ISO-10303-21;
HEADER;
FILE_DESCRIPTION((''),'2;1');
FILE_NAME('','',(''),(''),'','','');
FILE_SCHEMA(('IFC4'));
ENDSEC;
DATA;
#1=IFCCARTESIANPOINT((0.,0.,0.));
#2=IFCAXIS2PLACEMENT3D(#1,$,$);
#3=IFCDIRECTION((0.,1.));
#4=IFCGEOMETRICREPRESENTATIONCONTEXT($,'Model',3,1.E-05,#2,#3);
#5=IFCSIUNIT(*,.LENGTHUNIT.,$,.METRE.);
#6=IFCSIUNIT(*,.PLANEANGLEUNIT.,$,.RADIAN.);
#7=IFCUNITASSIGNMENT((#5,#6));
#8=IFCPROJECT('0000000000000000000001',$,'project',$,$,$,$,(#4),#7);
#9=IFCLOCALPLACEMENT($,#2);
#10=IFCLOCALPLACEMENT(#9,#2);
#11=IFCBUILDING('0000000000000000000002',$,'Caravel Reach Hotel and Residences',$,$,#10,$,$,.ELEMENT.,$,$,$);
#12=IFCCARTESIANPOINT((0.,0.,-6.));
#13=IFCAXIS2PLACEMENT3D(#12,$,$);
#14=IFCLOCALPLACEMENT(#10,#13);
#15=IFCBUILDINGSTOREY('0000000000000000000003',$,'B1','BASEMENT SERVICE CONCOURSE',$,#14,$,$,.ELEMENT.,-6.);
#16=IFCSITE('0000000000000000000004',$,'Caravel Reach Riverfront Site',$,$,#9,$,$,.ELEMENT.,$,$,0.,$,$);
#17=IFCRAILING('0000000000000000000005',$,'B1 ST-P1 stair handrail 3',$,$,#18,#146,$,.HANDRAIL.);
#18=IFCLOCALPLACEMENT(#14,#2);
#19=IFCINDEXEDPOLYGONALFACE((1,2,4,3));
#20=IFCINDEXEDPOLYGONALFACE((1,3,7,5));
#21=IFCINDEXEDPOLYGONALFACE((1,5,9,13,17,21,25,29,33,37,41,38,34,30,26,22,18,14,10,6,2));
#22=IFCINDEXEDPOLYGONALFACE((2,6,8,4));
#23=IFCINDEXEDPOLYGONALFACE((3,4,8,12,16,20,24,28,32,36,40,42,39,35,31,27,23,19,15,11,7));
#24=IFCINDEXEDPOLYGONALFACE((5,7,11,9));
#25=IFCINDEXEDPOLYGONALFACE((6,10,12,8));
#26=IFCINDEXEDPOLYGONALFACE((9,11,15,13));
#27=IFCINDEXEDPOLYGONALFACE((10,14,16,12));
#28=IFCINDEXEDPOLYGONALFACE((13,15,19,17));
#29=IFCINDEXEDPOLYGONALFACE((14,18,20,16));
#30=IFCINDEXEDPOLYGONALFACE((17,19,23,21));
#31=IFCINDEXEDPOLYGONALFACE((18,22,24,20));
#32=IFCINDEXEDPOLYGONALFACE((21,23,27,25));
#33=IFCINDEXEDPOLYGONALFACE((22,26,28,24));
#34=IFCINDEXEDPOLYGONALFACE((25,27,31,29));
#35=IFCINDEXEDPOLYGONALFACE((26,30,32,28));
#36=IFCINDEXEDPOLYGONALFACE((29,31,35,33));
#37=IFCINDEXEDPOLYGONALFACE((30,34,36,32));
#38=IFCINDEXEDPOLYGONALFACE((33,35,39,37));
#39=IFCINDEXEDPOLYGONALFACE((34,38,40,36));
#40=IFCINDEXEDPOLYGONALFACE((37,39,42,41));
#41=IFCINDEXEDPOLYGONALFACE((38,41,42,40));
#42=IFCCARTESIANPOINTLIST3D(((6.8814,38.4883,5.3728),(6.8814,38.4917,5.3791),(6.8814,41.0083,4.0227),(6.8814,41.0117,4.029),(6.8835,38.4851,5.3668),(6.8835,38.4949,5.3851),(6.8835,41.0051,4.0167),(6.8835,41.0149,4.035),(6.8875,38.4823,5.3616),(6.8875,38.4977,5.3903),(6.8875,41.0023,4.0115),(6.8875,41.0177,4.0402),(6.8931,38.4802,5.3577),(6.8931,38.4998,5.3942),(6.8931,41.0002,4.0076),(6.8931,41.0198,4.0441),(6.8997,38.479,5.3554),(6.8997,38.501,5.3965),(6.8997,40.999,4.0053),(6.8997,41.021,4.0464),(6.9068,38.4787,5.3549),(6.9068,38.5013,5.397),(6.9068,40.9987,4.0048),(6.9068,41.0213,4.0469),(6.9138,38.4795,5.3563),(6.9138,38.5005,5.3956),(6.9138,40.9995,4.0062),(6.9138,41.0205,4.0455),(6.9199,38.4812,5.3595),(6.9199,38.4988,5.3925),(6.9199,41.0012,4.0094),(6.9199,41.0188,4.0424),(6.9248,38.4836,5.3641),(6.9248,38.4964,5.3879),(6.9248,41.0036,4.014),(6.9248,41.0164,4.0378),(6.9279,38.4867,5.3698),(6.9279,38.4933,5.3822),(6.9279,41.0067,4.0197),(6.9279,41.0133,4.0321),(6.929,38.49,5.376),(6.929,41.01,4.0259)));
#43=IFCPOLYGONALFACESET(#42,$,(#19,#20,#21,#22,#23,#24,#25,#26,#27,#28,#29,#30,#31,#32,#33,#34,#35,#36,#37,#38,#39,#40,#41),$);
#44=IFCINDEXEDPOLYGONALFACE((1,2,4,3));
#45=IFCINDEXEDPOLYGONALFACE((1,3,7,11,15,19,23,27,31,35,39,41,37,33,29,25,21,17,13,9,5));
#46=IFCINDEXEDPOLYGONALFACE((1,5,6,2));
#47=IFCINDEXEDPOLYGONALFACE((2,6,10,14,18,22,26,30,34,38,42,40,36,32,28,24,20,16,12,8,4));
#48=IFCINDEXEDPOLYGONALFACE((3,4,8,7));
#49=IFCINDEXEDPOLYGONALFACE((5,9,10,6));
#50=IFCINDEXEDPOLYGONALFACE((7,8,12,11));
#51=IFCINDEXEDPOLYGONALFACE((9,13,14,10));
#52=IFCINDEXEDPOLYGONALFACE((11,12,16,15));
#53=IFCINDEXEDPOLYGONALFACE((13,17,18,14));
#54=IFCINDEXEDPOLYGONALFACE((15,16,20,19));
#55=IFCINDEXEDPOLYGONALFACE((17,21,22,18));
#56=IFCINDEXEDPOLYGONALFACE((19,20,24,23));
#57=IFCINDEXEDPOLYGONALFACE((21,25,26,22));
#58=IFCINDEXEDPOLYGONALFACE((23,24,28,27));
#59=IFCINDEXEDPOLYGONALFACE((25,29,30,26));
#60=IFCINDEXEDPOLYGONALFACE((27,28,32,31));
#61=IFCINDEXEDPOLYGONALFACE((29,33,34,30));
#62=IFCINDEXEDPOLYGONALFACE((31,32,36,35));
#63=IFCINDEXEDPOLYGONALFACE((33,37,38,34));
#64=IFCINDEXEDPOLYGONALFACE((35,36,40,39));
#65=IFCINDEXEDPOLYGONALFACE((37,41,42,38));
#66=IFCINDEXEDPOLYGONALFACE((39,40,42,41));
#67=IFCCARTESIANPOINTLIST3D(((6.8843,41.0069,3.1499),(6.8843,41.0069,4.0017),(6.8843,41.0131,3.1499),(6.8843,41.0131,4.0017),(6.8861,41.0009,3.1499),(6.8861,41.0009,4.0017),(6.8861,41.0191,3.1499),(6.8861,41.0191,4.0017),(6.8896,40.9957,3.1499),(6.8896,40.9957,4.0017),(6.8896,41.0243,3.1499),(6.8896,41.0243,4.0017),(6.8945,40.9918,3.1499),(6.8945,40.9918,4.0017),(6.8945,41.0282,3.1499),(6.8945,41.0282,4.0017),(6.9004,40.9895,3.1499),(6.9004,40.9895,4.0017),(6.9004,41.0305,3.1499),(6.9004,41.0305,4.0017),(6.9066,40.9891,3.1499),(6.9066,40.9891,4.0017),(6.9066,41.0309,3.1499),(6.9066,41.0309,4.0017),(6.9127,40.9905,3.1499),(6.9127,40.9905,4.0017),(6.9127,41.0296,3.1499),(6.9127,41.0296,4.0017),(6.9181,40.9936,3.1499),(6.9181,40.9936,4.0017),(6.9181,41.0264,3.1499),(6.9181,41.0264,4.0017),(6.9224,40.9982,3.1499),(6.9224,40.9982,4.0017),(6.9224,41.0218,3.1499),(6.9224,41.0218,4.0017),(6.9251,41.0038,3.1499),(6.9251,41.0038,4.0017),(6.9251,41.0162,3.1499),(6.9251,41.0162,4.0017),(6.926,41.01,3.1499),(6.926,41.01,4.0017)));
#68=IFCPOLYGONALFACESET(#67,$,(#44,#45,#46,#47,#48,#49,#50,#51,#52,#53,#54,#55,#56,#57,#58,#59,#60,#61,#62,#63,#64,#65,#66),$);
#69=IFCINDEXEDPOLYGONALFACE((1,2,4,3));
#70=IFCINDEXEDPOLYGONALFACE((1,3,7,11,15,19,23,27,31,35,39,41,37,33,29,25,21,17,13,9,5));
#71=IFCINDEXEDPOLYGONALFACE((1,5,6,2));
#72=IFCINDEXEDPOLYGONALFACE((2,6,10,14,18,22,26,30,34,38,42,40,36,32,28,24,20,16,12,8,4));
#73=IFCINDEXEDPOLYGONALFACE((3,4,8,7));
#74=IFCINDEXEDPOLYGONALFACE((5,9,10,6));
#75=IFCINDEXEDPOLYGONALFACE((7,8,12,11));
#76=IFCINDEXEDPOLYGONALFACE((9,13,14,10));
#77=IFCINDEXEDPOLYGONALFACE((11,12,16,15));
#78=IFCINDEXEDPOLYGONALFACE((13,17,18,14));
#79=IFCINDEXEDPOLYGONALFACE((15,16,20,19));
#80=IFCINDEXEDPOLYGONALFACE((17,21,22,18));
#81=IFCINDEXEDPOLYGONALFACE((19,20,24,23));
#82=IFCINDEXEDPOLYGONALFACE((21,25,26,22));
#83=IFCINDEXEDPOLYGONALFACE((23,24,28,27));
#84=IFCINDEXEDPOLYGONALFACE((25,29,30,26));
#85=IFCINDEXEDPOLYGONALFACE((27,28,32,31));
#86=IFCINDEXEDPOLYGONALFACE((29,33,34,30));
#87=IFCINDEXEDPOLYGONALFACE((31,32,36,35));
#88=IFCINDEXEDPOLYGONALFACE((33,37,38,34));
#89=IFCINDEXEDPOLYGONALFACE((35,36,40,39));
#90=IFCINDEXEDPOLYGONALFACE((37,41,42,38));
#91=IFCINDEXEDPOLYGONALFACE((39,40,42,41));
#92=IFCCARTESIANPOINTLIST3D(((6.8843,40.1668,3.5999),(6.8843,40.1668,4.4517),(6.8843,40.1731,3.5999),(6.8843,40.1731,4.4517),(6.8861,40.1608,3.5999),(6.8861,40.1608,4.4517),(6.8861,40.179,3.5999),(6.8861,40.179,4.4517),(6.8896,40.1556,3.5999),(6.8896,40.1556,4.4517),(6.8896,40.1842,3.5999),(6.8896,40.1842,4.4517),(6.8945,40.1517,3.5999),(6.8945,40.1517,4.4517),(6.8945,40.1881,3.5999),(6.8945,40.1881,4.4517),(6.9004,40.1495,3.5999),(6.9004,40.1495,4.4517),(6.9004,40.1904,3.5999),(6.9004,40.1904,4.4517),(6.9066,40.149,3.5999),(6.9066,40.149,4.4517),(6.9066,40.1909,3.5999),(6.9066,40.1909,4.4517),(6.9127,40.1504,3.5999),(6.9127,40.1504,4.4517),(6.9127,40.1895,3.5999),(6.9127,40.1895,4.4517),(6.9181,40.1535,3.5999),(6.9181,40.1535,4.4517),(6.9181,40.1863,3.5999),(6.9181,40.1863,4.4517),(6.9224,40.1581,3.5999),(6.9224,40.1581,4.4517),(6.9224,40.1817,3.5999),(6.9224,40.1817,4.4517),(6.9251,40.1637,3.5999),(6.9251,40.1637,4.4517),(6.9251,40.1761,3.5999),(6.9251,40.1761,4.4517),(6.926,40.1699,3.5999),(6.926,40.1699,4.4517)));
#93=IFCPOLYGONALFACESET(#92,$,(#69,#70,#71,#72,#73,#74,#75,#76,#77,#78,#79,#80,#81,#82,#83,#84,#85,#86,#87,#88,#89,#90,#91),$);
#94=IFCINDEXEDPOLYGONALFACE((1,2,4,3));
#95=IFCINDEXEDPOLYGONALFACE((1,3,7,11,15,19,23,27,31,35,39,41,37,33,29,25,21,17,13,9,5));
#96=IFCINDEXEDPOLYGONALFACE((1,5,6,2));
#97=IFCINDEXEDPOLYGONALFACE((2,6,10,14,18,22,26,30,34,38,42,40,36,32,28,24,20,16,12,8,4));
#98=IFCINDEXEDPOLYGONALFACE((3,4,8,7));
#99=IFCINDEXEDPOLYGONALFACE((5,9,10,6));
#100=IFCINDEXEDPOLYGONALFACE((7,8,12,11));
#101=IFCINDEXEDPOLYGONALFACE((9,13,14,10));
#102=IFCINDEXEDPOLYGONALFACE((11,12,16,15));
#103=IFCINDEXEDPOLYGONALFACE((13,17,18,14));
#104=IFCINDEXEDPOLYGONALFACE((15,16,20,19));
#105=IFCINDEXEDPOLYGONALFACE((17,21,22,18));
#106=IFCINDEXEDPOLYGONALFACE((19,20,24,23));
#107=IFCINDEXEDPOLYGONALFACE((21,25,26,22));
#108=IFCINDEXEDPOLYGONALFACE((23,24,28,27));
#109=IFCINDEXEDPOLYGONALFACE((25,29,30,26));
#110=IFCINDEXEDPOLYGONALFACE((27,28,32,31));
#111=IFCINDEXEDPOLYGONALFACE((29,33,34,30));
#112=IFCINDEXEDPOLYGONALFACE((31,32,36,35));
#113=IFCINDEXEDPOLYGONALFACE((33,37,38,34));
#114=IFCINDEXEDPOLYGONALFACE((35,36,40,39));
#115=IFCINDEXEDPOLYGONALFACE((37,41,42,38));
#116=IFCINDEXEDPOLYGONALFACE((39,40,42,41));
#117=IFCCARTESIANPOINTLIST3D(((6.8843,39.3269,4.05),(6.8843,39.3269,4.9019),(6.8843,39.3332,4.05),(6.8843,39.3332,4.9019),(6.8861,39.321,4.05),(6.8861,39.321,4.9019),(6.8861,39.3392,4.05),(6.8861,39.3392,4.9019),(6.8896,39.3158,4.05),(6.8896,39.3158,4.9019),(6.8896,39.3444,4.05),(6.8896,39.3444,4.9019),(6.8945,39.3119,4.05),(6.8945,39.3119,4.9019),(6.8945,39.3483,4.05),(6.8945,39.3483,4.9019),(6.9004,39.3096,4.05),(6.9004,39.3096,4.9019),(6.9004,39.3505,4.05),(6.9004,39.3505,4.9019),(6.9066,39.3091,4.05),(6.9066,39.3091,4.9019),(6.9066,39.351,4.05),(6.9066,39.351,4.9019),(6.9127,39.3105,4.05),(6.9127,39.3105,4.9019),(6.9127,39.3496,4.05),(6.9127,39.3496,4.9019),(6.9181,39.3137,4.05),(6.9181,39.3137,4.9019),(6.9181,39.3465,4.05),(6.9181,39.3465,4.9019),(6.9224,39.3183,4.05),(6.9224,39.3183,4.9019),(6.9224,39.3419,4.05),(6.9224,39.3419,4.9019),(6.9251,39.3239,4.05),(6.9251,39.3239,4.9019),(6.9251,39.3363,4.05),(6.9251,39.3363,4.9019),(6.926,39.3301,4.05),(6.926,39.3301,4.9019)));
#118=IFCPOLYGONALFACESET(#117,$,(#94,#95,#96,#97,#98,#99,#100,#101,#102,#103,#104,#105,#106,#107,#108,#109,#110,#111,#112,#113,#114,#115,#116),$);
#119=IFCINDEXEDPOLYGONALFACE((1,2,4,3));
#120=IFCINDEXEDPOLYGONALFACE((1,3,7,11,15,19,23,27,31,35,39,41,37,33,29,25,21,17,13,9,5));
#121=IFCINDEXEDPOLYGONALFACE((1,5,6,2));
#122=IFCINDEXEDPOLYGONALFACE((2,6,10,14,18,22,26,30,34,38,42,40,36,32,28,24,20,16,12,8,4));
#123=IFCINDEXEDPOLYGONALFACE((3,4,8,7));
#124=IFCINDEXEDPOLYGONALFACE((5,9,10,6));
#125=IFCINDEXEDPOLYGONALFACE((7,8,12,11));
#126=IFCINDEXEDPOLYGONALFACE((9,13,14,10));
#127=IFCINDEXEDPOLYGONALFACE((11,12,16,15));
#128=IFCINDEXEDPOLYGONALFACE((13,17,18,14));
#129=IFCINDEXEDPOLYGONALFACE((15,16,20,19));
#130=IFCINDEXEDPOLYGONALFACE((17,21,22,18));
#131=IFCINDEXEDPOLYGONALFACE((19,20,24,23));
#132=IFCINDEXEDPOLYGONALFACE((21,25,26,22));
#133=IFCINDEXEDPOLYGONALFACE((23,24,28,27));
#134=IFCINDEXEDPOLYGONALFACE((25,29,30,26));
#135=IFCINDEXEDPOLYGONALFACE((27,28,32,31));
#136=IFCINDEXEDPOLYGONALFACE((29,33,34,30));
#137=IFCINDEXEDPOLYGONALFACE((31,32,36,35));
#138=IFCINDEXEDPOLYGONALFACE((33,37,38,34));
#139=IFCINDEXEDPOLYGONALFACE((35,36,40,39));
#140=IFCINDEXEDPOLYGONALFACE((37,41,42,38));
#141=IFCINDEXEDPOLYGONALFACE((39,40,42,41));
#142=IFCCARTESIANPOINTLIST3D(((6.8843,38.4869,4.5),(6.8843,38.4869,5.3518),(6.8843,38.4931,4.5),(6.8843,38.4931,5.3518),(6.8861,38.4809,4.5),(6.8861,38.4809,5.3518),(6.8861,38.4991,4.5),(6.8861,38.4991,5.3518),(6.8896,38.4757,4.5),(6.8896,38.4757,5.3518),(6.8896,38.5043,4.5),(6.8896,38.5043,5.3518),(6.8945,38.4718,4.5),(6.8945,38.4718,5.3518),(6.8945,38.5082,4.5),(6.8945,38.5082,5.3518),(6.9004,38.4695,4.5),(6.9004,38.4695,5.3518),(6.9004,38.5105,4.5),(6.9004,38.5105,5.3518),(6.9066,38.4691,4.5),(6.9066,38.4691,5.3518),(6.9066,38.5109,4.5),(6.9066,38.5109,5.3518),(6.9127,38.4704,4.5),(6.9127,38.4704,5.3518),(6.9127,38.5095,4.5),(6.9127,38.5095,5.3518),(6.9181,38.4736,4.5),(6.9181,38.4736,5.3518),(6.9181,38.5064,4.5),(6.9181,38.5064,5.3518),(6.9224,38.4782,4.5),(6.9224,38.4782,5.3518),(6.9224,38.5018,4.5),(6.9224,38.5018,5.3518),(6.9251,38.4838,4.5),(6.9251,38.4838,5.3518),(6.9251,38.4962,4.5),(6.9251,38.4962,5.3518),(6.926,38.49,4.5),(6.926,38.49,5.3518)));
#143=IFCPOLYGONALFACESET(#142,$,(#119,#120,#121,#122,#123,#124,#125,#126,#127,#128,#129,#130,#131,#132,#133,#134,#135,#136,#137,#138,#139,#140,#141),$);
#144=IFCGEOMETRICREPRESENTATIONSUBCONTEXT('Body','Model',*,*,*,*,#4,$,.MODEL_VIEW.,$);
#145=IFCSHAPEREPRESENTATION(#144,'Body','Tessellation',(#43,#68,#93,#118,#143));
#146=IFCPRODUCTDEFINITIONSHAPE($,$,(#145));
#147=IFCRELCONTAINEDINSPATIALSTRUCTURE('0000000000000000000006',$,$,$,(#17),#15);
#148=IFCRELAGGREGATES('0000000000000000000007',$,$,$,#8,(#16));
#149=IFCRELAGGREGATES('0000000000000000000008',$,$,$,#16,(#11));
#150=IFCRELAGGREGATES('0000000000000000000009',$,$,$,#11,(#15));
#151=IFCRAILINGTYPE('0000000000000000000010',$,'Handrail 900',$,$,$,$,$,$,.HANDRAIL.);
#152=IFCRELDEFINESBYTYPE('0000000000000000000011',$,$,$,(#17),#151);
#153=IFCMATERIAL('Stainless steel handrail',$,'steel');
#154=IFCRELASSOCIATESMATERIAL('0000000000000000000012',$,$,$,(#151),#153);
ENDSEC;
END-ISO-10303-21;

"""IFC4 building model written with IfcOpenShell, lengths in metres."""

from ifc_helpers import new_model, si_unit, direction, frame, origin, origin_2d, place, context, subcontext, project, spatial, circle, extrude, material, type_object, element, save


model = new_model("IFC4")

# Units and contexts
model_context = context("Model", 3, precision=1e-05, world=origin(), true_north=direction((0.0, 1.0)))
body_context = subcontext(model_context, "Body", "Model", "MODEL_VIEW")
ifc_project = project(units=[si_unit("LENGTHUNIT", "METRE"), si_unit("PLANEANGLEUNIT", "RADIAN")], contexts=[model_context])

# Site, building, storey
site_placement = place(None, origin())
site = spatial("IfcSite", under=ifc_project, at=site_placement, Name="Caravel Reach Riverfront Site", CompositionType="ELEMENT", RefElevation=0.0)
building_placement = place(site_placement, origin())
building = spatial("IfcBuilding", under=site, at=building_placement, Name="Caravel Reach Hotel and Residences", CompositionType="ELEMENT")
storey_placement = place(building_placement, frame((0.0, 0.0, -6.0)))
storey = spatial("IfcBuildingStorey", under=building, at=storey_placement, Name="B1", Description="BASEMENT SERVICE CONCOURSE", CompositionType="ELEMENT", Elevation=-6.0)

# Railing
ifc_material_1 = material(Name="Stainless steel handrail", Category="steel")
railing_type_1 = type_object("IfcRailingType", Name="Handrail 900", PredefinedType="HANDRAIL", material=ifc_material_1)
for number, where, name in (
    (1, (6.905, 41.01, 3.1499), "B1 ST-P1 stair handrail 3"),
):
    element("IfcRailing", number, at=place(storey_placement, frame(where)), inside=storey, type_object=railing_type_1, Name=name, PredefinedType="HANDRAIL", context=body_context, shape_type="SweptSolid", body=[
        extrude(circle(Radius=0.0239, at=origin_2d()), frame((0.0, 0.0, 0.876), z_axis=(0.0, -0.881467, 0.472245), x_axis=(1.0, 0.0, 0.0)), (0.0, 0.0, 1.0), 2.8589),
        extrude(circle(Radius=0.021, at=origin_2d()), origin(), (0.0, 0.0, 1.0), 0.8518),
        extrude(circle(Radius=0.021, at=origin_2d()), frame((0.0, -0.8401, 0.45)), (0.0, 0.0, 1.0), 0.8518),
        extrude(circle(Radius=0.021, at=origin_2d()), frame((0.0, -1.6799, 0.9001)), (0.0, 0.0, 1.0), 0.8518),
        extrude(circle(Radius=0.021, at=origin_2d()), frame((0.0, -2.52, 1.3501)), (0.0, 0.0, 1.0), 0.8518),
    ])

save(model, "model.ifc")
